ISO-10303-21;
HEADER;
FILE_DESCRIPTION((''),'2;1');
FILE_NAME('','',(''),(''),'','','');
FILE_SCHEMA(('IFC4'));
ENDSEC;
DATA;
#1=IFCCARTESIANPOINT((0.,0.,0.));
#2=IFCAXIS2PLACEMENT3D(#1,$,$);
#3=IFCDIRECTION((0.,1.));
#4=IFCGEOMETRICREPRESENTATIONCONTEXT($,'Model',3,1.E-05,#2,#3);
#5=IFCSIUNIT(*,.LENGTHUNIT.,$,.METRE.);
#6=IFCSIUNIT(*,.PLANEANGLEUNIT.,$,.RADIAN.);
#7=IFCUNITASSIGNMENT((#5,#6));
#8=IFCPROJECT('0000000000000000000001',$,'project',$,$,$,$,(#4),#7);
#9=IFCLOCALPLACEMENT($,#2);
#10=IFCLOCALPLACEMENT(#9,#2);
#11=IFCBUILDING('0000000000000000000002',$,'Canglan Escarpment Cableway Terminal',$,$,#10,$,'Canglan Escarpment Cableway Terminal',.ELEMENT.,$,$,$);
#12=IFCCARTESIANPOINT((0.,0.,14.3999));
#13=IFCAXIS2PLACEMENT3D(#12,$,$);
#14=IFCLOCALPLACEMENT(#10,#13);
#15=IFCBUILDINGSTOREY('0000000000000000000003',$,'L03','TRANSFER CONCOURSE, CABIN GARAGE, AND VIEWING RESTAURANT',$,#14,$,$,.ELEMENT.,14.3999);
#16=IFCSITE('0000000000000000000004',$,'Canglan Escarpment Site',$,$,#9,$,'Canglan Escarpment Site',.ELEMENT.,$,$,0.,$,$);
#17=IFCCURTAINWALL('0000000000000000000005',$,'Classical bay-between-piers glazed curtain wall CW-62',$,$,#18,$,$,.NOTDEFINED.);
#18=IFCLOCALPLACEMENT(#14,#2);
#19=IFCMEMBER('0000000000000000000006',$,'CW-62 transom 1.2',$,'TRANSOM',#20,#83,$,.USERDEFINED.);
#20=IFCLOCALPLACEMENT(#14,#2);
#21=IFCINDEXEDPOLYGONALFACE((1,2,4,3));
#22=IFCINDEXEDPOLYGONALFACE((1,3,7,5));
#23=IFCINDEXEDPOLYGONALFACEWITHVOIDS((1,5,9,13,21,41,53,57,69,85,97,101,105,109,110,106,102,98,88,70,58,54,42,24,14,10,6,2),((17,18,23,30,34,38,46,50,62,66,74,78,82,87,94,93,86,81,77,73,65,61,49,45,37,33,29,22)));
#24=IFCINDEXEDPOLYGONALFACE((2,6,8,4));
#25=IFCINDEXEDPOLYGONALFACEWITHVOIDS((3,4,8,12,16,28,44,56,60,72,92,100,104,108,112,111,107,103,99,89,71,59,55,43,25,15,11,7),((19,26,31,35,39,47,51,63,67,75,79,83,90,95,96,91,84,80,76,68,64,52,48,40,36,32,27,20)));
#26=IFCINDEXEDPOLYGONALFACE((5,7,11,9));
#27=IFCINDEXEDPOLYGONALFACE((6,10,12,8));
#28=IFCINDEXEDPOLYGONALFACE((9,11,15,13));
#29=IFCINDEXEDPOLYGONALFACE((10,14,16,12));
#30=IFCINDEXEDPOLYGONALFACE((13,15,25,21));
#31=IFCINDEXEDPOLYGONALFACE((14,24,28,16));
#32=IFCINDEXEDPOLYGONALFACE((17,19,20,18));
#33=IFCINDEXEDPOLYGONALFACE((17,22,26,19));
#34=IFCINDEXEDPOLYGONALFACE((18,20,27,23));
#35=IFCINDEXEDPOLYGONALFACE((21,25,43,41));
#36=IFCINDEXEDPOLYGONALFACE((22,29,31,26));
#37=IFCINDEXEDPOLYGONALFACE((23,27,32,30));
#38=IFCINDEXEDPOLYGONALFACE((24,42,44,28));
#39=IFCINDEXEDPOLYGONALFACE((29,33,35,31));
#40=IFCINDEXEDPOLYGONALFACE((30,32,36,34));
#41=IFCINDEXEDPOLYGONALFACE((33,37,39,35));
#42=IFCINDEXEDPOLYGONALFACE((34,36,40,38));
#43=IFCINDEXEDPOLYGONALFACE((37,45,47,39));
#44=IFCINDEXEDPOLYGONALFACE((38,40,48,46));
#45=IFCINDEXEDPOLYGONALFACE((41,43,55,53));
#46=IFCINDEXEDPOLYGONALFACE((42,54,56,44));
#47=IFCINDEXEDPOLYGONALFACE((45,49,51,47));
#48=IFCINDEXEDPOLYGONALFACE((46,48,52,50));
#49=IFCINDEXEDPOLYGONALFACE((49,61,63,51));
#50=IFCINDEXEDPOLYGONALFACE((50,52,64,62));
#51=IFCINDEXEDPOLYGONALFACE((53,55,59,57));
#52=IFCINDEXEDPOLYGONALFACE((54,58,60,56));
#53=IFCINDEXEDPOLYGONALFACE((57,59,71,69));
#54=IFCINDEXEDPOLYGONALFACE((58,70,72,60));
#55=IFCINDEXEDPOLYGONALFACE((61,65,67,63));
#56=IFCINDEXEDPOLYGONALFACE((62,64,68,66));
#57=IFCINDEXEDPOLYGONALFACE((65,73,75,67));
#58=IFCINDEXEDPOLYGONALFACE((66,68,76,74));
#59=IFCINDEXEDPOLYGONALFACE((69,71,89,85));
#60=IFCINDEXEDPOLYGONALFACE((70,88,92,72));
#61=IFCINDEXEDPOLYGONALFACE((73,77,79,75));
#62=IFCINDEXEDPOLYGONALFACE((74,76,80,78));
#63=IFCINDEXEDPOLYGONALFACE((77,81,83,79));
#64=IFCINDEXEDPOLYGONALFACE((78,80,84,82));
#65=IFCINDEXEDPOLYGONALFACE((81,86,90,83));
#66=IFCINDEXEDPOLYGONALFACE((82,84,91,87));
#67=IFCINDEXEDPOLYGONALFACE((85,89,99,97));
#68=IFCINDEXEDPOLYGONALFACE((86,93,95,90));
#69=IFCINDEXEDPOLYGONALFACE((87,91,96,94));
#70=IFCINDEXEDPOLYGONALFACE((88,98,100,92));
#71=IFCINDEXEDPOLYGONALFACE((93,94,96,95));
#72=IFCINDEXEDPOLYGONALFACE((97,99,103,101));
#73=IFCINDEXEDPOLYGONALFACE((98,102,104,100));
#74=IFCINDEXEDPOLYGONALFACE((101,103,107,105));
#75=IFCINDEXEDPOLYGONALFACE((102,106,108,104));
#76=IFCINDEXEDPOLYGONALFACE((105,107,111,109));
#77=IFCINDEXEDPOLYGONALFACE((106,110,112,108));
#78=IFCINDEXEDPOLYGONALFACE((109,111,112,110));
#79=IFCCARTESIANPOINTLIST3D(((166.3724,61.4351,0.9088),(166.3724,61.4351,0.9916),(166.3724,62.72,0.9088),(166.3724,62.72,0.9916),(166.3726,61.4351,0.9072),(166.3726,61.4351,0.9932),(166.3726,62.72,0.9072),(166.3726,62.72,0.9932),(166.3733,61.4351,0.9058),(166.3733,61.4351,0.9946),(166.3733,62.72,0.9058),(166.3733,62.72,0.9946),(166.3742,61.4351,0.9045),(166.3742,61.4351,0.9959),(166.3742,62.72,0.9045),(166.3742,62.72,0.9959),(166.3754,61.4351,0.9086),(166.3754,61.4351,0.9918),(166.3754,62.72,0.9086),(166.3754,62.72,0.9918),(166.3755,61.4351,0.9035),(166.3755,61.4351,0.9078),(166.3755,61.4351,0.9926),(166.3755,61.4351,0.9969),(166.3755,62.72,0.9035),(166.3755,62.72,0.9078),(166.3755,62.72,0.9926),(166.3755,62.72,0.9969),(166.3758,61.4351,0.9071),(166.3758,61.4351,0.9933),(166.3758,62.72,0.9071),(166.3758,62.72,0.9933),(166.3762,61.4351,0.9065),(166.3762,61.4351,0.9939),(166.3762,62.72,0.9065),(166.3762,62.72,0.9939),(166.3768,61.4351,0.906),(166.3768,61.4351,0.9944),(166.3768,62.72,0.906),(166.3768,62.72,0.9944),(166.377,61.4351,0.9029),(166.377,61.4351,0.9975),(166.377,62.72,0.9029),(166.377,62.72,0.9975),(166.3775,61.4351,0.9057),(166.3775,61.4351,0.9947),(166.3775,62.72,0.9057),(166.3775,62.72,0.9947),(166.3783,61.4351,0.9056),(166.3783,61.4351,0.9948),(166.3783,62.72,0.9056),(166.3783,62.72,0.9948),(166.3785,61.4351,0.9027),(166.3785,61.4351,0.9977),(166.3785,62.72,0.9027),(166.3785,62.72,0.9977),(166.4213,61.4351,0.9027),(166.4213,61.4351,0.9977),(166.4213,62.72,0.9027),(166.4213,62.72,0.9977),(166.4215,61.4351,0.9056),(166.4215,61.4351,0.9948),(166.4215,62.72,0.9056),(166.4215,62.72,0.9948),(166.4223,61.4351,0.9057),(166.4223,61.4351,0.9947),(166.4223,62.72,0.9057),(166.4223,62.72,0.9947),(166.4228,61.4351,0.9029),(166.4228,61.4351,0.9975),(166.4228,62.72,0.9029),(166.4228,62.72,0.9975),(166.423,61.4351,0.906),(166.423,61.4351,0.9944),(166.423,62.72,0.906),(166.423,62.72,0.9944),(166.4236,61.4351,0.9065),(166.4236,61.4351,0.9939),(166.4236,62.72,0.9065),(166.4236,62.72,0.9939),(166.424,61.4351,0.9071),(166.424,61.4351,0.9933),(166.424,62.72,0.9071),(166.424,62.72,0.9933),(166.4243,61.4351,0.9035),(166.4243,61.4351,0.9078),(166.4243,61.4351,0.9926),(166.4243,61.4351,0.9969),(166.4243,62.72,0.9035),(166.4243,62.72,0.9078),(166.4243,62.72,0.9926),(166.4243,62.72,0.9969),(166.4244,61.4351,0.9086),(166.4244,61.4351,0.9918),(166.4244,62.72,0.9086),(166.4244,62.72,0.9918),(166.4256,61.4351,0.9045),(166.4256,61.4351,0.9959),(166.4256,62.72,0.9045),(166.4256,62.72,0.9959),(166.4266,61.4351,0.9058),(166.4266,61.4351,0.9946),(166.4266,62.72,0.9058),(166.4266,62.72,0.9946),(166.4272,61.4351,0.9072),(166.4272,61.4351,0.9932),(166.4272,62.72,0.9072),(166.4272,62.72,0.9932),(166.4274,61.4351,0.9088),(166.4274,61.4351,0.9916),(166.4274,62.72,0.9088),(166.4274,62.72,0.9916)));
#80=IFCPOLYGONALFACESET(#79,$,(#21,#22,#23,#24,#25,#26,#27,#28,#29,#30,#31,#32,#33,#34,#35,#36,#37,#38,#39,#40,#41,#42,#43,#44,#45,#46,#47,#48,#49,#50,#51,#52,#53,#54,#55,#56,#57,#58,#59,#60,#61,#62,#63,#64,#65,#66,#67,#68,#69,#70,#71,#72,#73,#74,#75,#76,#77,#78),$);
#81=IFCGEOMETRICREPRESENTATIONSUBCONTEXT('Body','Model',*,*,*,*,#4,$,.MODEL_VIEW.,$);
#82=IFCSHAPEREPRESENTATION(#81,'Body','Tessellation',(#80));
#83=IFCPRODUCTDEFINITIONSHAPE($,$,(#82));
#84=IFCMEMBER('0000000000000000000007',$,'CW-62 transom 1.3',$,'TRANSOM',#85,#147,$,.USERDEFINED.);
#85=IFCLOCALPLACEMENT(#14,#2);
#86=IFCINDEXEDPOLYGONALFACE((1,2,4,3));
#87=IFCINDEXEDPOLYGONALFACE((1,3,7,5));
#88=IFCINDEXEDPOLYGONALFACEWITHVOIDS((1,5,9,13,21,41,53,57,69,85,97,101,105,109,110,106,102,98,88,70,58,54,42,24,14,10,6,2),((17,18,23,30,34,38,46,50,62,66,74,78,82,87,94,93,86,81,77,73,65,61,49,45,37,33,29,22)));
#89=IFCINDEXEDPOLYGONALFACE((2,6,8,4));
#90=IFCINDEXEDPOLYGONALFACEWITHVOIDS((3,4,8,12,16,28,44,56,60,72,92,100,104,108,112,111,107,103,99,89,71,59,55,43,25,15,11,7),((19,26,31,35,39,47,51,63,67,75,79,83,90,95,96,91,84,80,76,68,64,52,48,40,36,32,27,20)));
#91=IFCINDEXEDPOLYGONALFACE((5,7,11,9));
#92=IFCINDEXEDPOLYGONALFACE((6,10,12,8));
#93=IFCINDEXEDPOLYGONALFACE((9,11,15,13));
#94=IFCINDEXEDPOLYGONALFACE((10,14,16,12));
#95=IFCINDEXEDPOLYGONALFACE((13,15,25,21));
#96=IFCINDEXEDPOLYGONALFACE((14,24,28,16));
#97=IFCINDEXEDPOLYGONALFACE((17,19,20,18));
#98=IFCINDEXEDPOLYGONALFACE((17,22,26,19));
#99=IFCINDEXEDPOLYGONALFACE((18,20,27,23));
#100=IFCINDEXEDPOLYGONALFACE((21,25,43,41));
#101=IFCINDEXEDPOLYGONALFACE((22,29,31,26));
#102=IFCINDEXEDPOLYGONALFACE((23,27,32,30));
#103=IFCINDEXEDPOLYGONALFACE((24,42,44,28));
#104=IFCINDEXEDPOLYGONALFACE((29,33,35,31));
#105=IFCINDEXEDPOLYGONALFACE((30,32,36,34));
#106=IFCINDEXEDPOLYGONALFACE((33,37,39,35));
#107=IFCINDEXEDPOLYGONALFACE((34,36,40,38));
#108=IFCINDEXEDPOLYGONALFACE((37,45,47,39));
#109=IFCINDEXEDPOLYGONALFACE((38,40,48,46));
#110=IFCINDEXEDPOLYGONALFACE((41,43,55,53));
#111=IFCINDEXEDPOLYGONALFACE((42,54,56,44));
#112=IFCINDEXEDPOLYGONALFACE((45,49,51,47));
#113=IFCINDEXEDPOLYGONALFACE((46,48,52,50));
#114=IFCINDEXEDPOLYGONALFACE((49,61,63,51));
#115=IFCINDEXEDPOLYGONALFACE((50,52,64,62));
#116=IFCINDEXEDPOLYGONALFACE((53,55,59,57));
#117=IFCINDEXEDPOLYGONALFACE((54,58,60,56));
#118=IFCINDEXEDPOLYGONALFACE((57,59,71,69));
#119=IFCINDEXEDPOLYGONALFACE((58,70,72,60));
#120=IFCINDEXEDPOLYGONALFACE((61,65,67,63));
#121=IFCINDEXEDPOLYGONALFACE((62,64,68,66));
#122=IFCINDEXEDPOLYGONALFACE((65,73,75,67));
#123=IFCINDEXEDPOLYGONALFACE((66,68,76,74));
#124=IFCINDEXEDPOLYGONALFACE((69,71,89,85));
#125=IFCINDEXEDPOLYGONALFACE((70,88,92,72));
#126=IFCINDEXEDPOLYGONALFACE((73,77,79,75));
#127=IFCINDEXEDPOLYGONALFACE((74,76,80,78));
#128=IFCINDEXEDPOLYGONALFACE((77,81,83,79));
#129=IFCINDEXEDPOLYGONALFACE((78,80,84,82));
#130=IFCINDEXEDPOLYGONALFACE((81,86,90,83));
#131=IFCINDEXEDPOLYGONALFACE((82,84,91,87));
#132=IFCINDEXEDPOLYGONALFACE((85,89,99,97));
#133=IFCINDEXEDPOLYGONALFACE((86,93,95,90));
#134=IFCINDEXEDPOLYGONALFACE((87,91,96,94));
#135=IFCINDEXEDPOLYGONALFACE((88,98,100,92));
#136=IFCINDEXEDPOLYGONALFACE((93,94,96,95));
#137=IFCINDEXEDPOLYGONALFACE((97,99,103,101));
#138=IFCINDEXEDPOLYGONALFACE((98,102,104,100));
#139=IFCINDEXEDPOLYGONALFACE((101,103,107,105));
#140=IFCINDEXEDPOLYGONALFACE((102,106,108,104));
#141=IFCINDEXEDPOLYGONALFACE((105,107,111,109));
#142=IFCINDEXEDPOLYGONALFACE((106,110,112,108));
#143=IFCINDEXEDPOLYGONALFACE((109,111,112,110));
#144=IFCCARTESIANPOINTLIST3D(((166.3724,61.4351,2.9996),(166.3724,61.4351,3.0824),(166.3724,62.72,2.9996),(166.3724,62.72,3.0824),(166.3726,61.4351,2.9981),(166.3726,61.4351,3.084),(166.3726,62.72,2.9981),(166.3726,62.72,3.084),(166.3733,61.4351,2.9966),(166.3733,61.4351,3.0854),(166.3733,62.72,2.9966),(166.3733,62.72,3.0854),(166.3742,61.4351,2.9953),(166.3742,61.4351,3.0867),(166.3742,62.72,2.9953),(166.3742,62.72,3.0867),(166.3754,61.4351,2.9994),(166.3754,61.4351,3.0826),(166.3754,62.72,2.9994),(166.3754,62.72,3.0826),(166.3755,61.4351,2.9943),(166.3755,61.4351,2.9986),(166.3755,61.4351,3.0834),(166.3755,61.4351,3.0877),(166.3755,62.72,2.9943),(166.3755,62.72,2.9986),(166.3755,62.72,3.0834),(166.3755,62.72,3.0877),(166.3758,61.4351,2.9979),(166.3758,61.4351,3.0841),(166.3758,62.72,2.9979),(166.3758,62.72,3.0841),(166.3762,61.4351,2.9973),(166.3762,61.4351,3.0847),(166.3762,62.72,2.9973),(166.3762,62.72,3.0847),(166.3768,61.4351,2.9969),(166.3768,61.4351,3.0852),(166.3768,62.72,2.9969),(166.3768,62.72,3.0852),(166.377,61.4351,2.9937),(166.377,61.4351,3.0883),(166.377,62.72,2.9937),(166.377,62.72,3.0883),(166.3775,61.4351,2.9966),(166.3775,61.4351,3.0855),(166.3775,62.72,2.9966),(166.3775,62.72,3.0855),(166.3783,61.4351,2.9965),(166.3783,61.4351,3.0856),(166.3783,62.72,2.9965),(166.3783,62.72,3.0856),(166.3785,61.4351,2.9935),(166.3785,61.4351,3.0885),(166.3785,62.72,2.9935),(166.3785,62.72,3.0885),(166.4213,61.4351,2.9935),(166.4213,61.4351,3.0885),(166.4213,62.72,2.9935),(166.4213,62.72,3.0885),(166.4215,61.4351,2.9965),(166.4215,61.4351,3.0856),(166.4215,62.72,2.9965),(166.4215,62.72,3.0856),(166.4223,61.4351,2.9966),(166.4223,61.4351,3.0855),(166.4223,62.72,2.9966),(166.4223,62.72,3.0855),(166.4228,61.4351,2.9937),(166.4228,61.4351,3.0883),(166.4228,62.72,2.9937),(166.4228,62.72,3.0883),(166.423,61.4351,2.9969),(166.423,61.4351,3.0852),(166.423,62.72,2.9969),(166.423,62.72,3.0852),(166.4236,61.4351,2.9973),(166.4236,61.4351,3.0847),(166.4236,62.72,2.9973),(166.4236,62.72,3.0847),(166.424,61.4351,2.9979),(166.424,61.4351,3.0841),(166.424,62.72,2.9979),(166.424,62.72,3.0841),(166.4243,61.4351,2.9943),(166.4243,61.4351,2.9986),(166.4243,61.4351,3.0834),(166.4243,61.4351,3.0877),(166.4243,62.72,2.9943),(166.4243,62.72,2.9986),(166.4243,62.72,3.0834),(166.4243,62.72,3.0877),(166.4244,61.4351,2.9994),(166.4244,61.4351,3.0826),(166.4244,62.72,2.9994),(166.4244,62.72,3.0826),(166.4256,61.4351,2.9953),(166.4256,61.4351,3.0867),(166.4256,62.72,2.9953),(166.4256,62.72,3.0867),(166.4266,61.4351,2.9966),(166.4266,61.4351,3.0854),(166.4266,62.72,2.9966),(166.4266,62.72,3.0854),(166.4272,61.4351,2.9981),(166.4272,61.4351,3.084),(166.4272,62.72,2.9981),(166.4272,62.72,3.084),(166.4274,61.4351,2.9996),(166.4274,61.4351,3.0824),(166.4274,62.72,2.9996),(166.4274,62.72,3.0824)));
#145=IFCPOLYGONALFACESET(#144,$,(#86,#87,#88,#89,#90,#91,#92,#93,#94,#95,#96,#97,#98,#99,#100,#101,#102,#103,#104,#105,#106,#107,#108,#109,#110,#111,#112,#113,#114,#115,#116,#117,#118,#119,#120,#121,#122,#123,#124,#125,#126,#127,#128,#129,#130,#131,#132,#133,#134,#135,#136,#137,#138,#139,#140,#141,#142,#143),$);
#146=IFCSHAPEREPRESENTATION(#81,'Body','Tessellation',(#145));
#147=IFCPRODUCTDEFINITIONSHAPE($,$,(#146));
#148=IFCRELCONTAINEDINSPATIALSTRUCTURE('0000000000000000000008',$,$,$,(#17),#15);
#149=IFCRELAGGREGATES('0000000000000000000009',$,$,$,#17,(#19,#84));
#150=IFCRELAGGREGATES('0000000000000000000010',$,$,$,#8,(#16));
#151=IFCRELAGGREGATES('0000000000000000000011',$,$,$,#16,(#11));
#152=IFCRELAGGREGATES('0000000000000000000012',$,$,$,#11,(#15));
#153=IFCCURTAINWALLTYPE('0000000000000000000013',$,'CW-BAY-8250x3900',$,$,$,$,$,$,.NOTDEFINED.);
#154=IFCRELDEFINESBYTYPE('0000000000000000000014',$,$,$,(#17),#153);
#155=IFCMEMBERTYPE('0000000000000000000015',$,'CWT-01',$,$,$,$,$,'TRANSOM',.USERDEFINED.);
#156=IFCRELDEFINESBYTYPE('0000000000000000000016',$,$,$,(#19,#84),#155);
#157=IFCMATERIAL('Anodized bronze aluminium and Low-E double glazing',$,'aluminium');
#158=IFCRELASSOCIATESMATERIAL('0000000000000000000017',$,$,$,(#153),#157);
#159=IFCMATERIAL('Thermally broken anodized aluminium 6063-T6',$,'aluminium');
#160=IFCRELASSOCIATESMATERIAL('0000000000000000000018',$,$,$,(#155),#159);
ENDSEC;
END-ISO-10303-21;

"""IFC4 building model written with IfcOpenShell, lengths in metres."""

from ifc_helpers import new_model, si_unit, direction, frame, origin, origin_2d, place, context, subcontext, project, spatial, hollow_rectangle, extrude, material, material_profile, profile_set, type_object, element, aggregate, save


model = new_model("IFC4")

# Units and contexts
model_context = context("Model", 3, precision=1e-05, world=origin(), true_north=direction((0.0, 1.0)))
body_context = subcontext(model_context, "Body", "Model", "MODEL_VIEW")
ifc_project = project(units=[si_unit("LENGTHUNIT", "METRE"), si_unit("PLANEANGLEUNIT", "RADIAN")], contexts=[model_context])

# Site, building, storey
site_placement = place(None, origin())
site = spatial("IfcSite", under=ifc_project, at=site_placement, Name="Canglan Escarpment Site", LongName="Canglan Escarpment Site", CompositionType="ELEMENT", RefElevation=0.0)
building_placement = place(site_placement, origin())
building = spatial("IfcBuilding", under=site, at=building_placement, Name="Canglan Escarpment Cableway Terminal", LongName="Canglan Escarpment Cableway Terminal", CompositionType="ELEMENT")
storey_placement = place(building_placement, frame((0.0, 0.0, 14.3999)))
storey = spatial("IfcBuildingStorey", under=building, at=storey_placement, Name="L03", Description="TRANSFER CONCOURSE, CABIN GARAGE, AND VIEWING RESTAURANT", CompositionType="ELEMENT", Elevation=14.3999)

# Curtain wall
ifc_material_1 = material(Name="Anodized bronze aluminium and Low-E double glazing", Category="aluminium")
curtain_wall_type = type_object("IfcCurtainWallType", Name="CW-BAY-8250x3900", PredefinedType="NOTDEFINED", material=ifc_material_1)
curtain_wall_1_placement = place(storey_placement, origin())
curtain_wall_1 = element("IfcCurtainWall", 1, at=curtain_wall_1_placement, inside=storey, type_object=curtain_wall_type, Name="Classical bay-between-piers glazed curtain wall CW-62", PredefinedType="NOTDEFINED")
ifc_material_2 = material(Name="Thermally broken anodized aluminium 6063-T6", Category="aluminium")

# Members
ifc_material_profile_1 = material_profile(ifc_material_2, hollow_rectangle(XDim=0.0549, YDim=0.095, WallThickness=0.0029, InnerFilletRadius=0.0029, OuterFilletRadius=0.0061, at=origin_2d()), Name="ALU-TRAN 55x95x3")
ifc_profile_set_1 = profile_set([ifc_material_profile_1], Name="Thermally broken anodized aluminium 6063-T6")
member_type_1 = type_object("IfcMemberType", Name="CWT-01", ElementType="TRANSOM", PredefinedType="USERDEFINED", material=ifc_profile_set_1)
member_1_placement = place(storey_placement, frame((166.3999, 61.4351, 0.9502), z_axis=(0.0, 1.0, 0.0), x_axis=(-1.0, 0.0, 0.0)))
member_1 = element("IfcMember", 2, at=member_1_placement, type_object=member_type_1, Name="CW-62 transom 1.2", ObjectType="TRANSOM", PredefinedType="USERDEFINED", context=body_context, shape_type="SweptSolid", body=[
    extrude(hollow_rectangle(XDim=0.0549, YDim=0.095, WallThickness=0.0029, InnerFilletRadius=0.0029, OuterFilletRadius=0.0061, at=origin_2d()), origin(), (0.0, 0.0, 1.0), 1.2849),
])
member_2_placement = place(storey_placement, frame((166.3999, 61.4351, 3.041), z_axis=(0.0, 1.0, 0.0), x_axis=(-1.0, 0.0, 0.0)))
member_2 = element("IfcMember", 3, at=member_2_placement, type_object=member_type_1, Name="CW-62 transom 1.3", ObjectType="TRANSOM", PredefinedType="USERDEFINED", context=body_context, shape_type="SweptSolid", body=[
    extrude(hollow_rectangle(XDim=0.0549, YDim=0.095, WallThickness=0.0029, InnerFilletRadius=0.0029, OuterFilletRadius=0.0061, at=origin_2d()), origin(), (0.0, 0.0, 1.0), 1.2849),
])

aggregate(curtain_wall_1, [member_1, member_2])

save(model, "model.ifc")
